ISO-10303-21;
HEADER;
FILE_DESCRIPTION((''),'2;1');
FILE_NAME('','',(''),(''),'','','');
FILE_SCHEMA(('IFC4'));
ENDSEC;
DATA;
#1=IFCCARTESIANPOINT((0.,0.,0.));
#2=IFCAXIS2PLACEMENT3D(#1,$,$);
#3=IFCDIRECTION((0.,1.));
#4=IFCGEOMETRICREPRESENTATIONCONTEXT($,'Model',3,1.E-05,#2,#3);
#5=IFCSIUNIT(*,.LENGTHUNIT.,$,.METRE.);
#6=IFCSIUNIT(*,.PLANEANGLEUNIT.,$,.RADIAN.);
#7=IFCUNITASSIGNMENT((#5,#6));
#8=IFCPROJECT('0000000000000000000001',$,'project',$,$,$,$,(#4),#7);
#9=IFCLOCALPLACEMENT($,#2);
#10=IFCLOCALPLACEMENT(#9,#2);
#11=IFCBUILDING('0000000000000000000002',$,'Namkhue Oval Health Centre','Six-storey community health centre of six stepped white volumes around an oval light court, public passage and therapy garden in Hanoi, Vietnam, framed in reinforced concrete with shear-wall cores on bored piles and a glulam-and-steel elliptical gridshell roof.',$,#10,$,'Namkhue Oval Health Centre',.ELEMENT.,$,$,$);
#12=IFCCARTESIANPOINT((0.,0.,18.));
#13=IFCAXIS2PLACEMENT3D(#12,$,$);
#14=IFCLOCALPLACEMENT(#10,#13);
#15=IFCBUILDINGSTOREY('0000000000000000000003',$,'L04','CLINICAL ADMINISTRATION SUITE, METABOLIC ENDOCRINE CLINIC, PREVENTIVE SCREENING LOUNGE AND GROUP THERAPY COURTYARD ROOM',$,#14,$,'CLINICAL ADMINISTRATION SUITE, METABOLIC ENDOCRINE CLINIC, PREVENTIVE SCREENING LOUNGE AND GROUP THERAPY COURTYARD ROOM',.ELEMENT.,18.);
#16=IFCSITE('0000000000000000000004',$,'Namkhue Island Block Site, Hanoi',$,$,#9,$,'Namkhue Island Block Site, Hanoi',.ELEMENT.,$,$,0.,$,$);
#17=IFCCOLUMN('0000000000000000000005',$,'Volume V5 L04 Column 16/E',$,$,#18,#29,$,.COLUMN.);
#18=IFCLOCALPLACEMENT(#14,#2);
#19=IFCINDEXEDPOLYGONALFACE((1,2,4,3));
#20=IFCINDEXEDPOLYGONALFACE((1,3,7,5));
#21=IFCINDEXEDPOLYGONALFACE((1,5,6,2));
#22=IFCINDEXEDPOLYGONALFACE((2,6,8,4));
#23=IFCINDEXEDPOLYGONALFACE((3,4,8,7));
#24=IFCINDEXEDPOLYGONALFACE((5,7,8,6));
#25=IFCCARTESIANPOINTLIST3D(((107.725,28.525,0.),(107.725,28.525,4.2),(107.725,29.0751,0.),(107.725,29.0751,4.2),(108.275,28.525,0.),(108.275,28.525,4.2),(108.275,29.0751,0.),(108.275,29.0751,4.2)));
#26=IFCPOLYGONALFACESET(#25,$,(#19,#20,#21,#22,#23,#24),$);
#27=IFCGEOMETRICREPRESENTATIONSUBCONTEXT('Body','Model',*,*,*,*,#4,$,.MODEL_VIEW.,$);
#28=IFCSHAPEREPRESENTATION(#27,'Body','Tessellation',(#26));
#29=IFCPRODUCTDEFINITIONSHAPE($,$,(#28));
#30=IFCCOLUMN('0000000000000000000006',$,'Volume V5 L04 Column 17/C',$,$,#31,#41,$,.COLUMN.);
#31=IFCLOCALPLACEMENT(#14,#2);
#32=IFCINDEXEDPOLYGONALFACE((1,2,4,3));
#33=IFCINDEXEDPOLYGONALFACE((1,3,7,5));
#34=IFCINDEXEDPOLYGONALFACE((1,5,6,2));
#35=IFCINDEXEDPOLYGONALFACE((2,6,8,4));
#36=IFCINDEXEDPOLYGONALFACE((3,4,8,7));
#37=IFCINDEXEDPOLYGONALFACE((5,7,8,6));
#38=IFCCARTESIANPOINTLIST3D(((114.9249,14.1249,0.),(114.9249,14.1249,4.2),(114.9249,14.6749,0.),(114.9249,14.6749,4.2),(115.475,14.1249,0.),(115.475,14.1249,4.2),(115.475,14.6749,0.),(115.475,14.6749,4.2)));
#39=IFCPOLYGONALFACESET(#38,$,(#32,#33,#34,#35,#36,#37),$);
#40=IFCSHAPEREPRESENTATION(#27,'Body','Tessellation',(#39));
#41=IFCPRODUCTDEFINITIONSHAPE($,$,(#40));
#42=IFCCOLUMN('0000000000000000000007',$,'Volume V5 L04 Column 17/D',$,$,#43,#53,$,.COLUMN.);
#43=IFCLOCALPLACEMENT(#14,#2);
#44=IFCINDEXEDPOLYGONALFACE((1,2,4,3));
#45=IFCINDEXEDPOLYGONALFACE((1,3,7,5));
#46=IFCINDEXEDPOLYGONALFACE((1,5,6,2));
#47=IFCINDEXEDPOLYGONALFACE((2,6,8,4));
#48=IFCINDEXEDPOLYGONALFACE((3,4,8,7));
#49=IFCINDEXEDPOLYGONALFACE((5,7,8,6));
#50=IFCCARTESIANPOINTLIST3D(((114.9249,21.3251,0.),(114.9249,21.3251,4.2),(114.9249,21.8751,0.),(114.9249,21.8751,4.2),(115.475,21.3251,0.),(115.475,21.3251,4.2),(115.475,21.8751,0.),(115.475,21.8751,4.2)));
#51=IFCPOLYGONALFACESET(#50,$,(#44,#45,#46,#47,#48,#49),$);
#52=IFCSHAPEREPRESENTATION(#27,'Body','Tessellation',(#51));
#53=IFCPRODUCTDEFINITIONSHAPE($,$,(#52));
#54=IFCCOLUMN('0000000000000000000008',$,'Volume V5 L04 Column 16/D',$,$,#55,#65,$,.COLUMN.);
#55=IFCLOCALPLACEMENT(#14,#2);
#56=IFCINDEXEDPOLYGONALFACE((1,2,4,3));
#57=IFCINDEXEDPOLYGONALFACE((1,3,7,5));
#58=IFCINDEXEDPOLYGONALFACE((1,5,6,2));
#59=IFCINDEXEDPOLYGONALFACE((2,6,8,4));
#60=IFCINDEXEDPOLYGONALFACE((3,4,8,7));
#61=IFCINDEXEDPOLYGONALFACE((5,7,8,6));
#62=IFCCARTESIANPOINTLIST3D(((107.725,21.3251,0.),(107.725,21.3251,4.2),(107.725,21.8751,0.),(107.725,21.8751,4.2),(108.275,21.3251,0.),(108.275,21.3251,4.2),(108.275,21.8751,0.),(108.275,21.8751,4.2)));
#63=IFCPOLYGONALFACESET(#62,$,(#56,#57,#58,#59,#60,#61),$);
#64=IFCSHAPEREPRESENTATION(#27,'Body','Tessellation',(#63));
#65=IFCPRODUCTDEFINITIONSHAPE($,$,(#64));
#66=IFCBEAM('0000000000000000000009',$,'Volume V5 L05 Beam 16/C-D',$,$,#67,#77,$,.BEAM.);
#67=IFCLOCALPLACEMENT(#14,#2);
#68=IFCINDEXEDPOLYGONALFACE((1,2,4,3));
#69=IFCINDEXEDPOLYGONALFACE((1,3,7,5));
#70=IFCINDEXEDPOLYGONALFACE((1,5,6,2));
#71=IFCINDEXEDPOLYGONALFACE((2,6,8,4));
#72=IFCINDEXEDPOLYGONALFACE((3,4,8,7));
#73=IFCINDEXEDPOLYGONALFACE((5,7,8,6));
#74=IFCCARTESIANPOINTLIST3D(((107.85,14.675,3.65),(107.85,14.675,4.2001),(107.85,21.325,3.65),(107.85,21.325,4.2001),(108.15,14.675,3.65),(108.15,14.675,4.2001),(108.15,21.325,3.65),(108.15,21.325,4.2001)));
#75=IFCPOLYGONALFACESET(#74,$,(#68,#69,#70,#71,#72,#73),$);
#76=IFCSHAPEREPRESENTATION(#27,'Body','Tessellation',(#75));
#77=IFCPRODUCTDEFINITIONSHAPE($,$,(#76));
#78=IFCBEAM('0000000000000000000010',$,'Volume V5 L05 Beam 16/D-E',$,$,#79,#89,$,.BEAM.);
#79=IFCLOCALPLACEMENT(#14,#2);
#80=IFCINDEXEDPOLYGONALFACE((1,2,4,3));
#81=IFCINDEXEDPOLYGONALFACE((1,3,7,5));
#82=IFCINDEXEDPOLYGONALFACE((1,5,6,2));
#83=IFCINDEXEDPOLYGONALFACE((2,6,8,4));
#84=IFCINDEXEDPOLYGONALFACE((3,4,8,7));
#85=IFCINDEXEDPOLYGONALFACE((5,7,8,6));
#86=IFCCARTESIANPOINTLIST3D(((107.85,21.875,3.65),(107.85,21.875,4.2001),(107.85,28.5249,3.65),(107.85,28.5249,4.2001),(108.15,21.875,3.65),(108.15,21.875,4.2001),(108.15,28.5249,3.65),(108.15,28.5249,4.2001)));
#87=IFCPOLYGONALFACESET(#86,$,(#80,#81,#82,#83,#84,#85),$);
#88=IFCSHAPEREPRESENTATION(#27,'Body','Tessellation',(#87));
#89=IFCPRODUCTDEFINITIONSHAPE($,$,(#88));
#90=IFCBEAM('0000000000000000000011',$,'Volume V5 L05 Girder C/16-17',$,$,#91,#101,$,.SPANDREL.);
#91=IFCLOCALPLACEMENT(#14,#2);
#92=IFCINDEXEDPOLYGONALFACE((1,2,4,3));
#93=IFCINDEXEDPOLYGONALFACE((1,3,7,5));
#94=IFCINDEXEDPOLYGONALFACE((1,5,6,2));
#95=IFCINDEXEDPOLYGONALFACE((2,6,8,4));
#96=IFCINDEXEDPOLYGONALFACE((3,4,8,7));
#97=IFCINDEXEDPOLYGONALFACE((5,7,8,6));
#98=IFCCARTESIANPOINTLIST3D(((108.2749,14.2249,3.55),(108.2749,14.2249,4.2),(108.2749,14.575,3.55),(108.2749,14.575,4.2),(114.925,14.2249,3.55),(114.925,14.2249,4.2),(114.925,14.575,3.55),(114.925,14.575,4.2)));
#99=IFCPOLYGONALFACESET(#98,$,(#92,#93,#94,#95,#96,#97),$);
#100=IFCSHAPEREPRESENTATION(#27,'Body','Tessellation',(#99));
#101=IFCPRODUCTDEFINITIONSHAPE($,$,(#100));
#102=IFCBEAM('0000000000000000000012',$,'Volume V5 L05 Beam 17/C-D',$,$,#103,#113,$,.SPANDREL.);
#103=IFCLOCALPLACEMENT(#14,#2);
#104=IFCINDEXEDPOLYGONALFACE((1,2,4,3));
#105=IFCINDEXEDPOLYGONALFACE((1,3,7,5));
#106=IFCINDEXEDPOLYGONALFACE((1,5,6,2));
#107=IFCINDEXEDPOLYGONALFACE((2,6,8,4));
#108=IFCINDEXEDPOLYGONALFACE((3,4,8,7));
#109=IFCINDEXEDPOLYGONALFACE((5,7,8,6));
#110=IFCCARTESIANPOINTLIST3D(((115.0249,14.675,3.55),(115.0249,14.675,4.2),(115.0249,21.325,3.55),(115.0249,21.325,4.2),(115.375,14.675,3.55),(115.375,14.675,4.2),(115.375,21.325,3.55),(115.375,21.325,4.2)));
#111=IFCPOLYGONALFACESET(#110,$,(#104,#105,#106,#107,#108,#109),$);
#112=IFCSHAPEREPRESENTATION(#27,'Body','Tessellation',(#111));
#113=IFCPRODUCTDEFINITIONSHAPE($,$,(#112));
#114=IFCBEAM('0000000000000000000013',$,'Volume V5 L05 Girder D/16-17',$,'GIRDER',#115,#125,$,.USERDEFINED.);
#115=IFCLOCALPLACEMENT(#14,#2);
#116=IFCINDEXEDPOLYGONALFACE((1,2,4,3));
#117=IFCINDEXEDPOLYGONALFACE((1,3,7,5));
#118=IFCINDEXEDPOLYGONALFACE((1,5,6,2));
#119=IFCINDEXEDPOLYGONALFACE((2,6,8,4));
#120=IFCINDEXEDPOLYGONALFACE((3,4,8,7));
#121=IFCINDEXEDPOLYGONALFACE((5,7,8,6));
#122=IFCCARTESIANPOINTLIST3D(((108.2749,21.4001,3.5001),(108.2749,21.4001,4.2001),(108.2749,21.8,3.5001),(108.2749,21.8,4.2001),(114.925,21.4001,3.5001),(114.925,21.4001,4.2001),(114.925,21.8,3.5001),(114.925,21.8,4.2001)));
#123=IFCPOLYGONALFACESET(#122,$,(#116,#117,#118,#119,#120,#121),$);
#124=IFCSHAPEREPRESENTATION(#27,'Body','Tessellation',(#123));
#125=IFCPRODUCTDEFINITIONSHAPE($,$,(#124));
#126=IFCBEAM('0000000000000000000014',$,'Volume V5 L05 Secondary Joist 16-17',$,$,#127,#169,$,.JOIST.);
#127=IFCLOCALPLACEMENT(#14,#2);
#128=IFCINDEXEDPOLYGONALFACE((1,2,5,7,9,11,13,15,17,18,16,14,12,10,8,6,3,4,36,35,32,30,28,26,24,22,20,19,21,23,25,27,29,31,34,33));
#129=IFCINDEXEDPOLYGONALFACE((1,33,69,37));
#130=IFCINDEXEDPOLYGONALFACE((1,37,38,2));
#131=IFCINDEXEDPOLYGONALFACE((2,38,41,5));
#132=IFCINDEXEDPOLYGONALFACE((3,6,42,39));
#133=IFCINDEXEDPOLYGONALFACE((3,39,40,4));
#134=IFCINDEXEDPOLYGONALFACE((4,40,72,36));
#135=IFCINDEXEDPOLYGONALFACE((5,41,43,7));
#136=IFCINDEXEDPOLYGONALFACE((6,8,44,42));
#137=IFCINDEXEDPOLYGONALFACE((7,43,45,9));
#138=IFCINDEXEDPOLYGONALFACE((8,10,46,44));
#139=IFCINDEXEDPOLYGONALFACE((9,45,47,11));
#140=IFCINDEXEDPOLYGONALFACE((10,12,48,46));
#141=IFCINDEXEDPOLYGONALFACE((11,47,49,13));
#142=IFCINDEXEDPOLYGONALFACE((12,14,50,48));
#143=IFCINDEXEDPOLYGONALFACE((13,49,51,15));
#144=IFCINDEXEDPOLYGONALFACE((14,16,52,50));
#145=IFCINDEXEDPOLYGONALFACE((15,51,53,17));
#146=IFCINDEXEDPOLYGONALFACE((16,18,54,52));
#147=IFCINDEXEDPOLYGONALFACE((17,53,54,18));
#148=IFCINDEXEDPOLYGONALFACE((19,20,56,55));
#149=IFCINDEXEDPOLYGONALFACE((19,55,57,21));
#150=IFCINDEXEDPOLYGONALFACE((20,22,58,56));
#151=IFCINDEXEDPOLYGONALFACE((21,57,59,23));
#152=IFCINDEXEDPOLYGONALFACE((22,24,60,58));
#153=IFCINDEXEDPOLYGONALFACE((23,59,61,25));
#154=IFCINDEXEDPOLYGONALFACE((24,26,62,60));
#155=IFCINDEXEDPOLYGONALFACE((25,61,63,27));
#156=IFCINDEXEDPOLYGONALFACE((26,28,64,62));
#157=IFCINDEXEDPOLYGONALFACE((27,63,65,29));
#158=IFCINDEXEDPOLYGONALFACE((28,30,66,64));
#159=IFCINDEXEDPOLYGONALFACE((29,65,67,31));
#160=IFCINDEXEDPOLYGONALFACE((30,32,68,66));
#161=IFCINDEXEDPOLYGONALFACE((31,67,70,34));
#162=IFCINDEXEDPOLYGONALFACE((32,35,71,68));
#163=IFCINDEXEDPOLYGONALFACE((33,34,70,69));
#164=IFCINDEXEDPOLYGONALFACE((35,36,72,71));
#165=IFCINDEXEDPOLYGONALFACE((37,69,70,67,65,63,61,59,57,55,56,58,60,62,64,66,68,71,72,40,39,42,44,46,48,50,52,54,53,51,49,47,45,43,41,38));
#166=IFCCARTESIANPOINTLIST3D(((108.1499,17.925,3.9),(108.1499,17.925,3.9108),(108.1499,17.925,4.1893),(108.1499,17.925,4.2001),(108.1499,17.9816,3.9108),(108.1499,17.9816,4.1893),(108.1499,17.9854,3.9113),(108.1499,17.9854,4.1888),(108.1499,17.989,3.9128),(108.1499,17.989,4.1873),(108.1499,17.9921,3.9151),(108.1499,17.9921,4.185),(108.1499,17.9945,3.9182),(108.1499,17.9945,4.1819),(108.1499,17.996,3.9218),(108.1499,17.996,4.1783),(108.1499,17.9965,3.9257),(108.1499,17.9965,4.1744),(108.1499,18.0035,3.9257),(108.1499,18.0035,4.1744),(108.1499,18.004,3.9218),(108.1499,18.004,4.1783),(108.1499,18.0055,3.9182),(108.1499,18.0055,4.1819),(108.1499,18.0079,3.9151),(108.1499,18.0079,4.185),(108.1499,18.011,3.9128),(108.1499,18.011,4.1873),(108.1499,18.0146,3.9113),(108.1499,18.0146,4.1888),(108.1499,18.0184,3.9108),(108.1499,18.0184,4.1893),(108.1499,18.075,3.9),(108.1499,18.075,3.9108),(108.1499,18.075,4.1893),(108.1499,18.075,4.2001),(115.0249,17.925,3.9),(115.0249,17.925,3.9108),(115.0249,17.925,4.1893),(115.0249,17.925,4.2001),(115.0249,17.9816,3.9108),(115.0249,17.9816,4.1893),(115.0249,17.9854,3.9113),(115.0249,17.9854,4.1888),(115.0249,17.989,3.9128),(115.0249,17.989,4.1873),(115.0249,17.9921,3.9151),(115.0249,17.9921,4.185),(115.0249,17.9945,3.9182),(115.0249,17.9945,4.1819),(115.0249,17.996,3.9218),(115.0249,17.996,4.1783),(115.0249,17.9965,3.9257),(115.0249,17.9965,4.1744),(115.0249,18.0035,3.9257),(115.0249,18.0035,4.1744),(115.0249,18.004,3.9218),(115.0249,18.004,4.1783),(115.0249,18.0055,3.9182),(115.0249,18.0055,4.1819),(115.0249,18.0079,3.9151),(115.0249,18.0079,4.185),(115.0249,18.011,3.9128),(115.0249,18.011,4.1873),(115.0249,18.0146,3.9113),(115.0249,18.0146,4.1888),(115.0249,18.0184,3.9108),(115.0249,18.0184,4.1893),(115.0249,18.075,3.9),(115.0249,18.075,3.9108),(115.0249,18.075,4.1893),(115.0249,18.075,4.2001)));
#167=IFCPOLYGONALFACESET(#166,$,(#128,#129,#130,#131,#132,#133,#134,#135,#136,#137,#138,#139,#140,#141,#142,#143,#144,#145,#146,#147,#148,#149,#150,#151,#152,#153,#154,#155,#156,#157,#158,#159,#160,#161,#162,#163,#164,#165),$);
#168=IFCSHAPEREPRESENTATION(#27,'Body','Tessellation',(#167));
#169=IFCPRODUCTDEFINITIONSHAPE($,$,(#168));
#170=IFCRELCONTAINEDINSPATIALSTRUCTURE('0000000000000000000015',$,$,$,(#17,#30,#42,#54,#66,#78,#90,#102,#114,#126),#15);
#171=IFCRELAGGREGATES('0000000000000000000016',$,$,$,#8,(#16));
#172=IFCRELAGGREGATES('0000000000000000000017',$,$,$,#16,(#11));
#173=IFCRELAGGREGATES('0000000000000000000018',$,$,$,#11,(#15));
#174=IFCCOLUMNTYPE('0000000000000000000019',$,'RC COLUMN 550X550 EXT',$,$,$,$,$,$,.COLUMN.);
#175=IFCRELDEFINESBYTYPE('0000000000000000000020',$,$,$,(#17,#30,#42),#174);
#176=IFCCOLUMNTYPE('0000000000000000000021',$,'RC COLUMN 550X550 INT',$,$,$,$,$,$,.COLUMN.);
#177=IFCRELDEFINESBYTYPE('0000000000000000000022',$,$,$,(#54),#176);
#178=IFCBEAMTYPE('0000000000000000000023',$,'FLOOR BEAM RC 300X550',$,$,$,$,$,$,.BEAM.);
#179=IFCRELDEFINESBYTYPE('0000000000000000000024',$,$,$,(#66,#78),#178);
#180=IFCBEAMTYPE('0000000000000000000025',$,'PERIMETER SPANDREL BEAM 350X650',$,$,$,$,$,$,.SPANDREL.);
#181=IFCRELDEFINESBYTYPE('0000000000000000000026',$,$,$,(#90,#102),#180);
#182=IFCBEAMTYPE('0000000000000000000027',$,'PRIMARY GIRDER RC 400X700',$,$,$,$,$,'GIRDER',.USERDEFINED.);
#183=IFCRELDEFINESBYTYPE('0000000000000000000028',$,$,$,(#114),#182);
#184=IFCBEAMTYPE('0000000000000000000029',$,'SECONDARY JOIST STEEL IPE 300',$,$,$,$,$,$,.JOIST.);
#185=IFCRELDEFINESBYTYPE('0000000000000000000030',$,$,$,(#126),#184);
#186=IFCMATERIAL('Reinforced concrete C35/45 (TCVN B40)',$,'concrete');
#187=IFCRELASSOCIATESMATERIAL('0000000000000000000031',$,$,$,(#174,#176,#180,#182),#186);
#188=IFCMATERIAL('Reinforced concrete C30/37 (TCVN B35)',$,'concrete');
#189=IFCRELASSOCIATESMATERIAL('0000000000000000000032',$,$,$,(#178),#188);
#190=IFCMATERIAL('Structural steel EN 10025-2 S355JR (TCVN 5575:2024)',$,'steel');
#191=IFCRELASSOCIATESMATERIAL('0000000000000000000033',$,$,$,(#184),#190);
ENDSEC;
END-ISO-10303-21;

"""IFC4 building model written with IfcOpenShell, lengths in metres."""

from ifc_helpers import new_model, si_unit, direction, frame, origin, origin_2d, place, context, subcontext, project, spatial, rectangle, i_section, extrude, material, material_profile, profile_set, type_object, element, save


model = new_model("IFC4")

# Units and contexts
model_context = context("Model", 3, precision=1e-05, world=origin(), true_north=direction((0.0, 1.0)))
body_context = subcontext(model_context, "Body", "Model", "MODEL_VIEW")
ifc_project = project(units=[si_unit("LENGTHUNIT", "METRE"), si_unit("PLANEANGLEUNIT", "RADIAN")], contexts=[model_context])

# Site, building, storey
site_placement = place(None, origin())
site = spatial("IfcSite", under=ifc_project, at=site_placement, Name="Namkhue Island Block Site, Hanoi", LongName="Namkhue Island Block Site, Hanoi", CompositionType="ELEMENT", RefElevation=0.0)
building_placement = place(site_placement, origin())
building = spatial("IfcBuilding", under=site, at=building_placement, Name="Namkhue Oval Health Centre", Description="Six-storey community health centre of six stepped white volumes around an oval light court, public passage and therapy garden in Hanoi, Vietnam, framed in reinforced concrete with shear-wall cores on bored piles and a glulam-and-steel elliptical gridshell roof.", LongName="Namkhue Oval Health Centre", CompositionType="ELEMENT")
storey_placement = place(building_placement, frame((0.0, 0.0, 18.0)))
storey = spatial("IfcBuildingStorey", under=building, at=storey_placement, Name="L04", Description="CLINICAL ADMINISTRATION SUITE, METABOLIC ENDOCRINE CLINIC, PREVENTIVE SCREENING LOUNGE AND GROUP THERAPY COURTYARD ROOM", LongName="CLINICAL ADMINISTRATION SUITE, METABOLIC ENDOCRINE CLINIC, PREVENTIVE SCREENING LOUNGE AND GROUP THERAPY COURTYARD ROOM", CompositionType="ELEMENT", Elevation=18.0)

# Columns
ifc_material_1 = material(Name="Reinforced concrete C35/45 (TCVN B40)", Category="concrete")
ifc_material_profile_1 = material_profile(ifc_material_1, rectangle(XDim=0.55, YDim=0.55, at=origin_2d()), Name="RC 550x550")
ifc_profile_set_1 = profile_set([ifc_material_profile_1], Name="Reinforced concrete C35/45 (TCVN B40)")
column_type_1 = type_object("IfcColumnType", Name="RC COLUMN 550X550 EXT", PredefinedType="COLUMN", material=ifc_profile_set_1)
for number, where, z_axis, x_axis, name in (
    (1, (108.0, 28.8, 0.0), (0.0, 0.0, 1.0), (1.0, 0.0, 0.0), "Volume V5 L04 Column 16/E"),
    (2, (115.2, 14.3999, 0.0), (0.0, 0.0, 1.0), (1.0, 0.0, 0.0), "Volume V5 L04 Column 17/C"),
    (3, (115.2, 21.6001, 0.0), (0.0, 0.0, 1.0), (1.0, 0.0, 0.0), "Volume V5 L04 Column 17/D"),
):
    element("IfcColumn", number, at=place(storey_placement, frame(where, z_axis=z_axis, x_axis=x_axis)), inside=storey, type_object=column_type_1, Name=name, PredefinedType="COLUMN", context=body_context, shape_type="SweptSolid", body=[
        extrude(rectangle(XDim=0.55, YDim=0.55, at=origin_2d()), origin(), (0.0, 0.0, 1.0), 4.2),
    ])
ifc_material_profile_2 = material_profile(ifc_material_1, rectangle(XDim=0.55, YDim=0.55, at=origin_2d()), Name="RC 550x550")
ifc_profile_set_2 = profile_set([ifc_material_profile_2], Name="Reinforced concrete C35/45 (TCVN B40)")
column_type_2 = type_object("IfcColumnType", Name="RC COLUMN 550X550 INT", PredefinedType="COLUMN", material=ifc_profile_set_2)
column_placement = place(storey_placement, frame((108.0, 21.6001, 0.0), z_axis=(0.0, 0.0, 1.0), x_axis=(1.0, 0.0, 0.0)))
element("IfcColumn", 4, at=column_placement, inside=storey, type_object=column_type_2, Name="Volume V5 L04 Column 16/D", PredefinedType="COLUMN", context=body_context, shape_type="SweptSolid", body=[
    extrude(rectangle(XDim=0.55, YDim=0.55, at=origin_2d()), origin(), (0.0, 0.0, 1.0), 4.2),
])

# Beams
ifc_material_2 = material(Name="Reinforced concrete C30/37 (TCVN B35)", Category="concrete")
ifc_material_profile_3 = material_profile(ifc_material_2, rectangle(XDim=0.3, YDim=0.55, at=origin_2d()), Name="RC 300x550")
ifc_profile_set_3 = profile_set([ifc_material_profile_3], Name="Reinforced concrete C30/37 (TCVN B35)")
beam_type_1 = type_object("IfcBeamType", Name="FLOOR BEAM RC 300X550", PredefinedType="BEAM", material=ifc_profile_set_3)
for number, where, z_axis, x_axis, name in (
    (5, (108.0, 14.675, 3.925), (0.0, 1.0, 0.0), (-1.0, 0.0, 0.0), "Volume V5 L05 Beam 16/C-D"),
    (6, (108.0, 21.875, 3.925), (0.0, 1.0, 0.0), (-1.0, 0.0, 0.0), "Volume V5 L05 Beam 16/D-E"),
):
    element("IfcBeam", number, at=place(storey_placement, frame(where, z_axis=z_axis, x_axis=x_axis)), inside=storey, type_object=beam_type_1, Name=name, PredefinedType="BEAM", context=body_context, shape_type="SweptSolid", body=[
        extrude(rectangle(XDim=0.3, YDim=0.55, at=origin_2d()), origin(), (0.0, 0.0, 1.0), 6.6499),
    ])
ifc_material_profile_4 = material_profile(ifc_material_1, rectangle(XDim=0.3501, YDim=0.6499, at=origin_2d()), Name="RC 350x650")
ifc_profile_set_4 = profile_set([ifc_material_profile_4], Name="Reinforced concrete C35/45 (TCVN B40)")
beam_type_2 = type_object("IfcBeamType", Name="PERIMETER SPANDREL BEAM 350X650", PredefinedType="SPANDREL", material=ifc_profile_set_4)
beam_1_placement = place(storey_placement, frame((108.2749, 14.3999, 3.875), z_axis=(1.0, 0.0, 0.0), x_axis=(0.0, 1.0, 0.0)))
element("IfcBeam", 7, at=beam_1_placement, inside=storey, type_object=beam_type_2, Name="Volume V5 L05 Girder C/16-17", PredefinedType="SPANDREL", context=body_context, shape_type="SweptSolid", body=[
    extrude(rectangle(XDim=0.3501, YDim=0.6499, at=origin_2d()), origin(), (0.0, 0.0, 1.0), 6.6501),
])
beam_2_placement = place(storey_placement, frame((115.2, 14.675, 3.875), z_axis=(0.0, 1.0, 0.0), x_axis=(-1.0, 0.0, 0.0)))
element("IfcBeam", 8, at=beam_2_placement, inside=storey, type_object=beam_type_2, Name="Volume V5 L05 Beam 17/C-D", PredefinedType="SPANDREL", context=body_context, shape_type="SweptSolid", body=[
    extrude(rectangle(XDim=0.3501, YDim=0.6499, at=origin_2d()), origin(), (0.0, 0.0, 1.0), 6.6499),
])
ifc_material_profile_5 = material_profile(ifc_material_1, rectangle(XDim=0.3999, YDim=0.7, at=origin_2d()), Name="RC 400x700")
ifc_profile_set_5 = profile_set([ifc_material_profile_5], Name="Reinforced concrete C35/45 (TCVN B40)")
beam_type_3 = type_object("IfcBeamType", Name="PRIMARY GIRDER RC 400X700", ElementType="GIRDER", PredefinedType="USERDEFINED", material=ifc_profile_set_5)
beam_3_placement = place(storey_placement, frame((108.2749, 21.6001, 3.8501), z_axis=(1.0, 0.0, 0.0), x_axis=(0.0, 1.0, 0.0)))
element("IfcBeam", 9, at=beam_3_placement, inside=storey, type_object=beam_type_3, Name="Volume V5 L05 Girder D/16-17", ObjectType="GIRDER", PredefinedType="USERDEFINED", context=body_context, shape_type="SweptSolid", body=[
    extrude(rectangle(XDim=0.3999, YDim=0.7, at=origin_2d()), origin(), (0.0, 0.0, 1.0), 6.6501),
])
ifc_material_3 = material(Name="Structural steel EN 10025-2 S355JR (TCVN 5575:2024)", Category="steel")
ifc_material_profile_6 = material_profile(ifc_material_3, i_section(OverallWidth=0.1499, OverallDepth=0.3, WebThickness=0.0071, FlangeThickness=0.0107, FilletRadius=0.0149, at=origin_2d()), Name="IPE 300")
ifc_profile_set_6 = profile_set([ifc_material_profile_6], Name="Structural steel EN 10025-2 S355JR (TCVN 5575:2024)")
beam_type_4 = type_object("IfcBeamType", Name="SECONDARY JOIST STEEL IPE 300", PredefinedType="JOIST", material=ifc_profile_set_6)
beam_4_placement = place(storey_placement, frame((108.1499, 18.0, 4.05), z_axis=(1.0, 0.0, 0.0), x_axis=(0.0, 1.0, 0.0)))
element("IfcBeam", 10, at=beam_4_placement, inside=storey, type_object=beam_type_4, Name="Volume V5 L05 Secondary Joist 16-17", PredefinedType="JOIST", context=body_context, shape_type="SweptSolid", body=[
    extrude(i_section(OverallWidth=0.1499, OverallDepth=0.3, WebThickness=0.0071, FlangeThickness=0.0107, FilletRadius=0.0149, at=origin_2d()), origin(), (0.0, 0.0, 1.0), 6.875),
])

save(model, "model.ifc")
